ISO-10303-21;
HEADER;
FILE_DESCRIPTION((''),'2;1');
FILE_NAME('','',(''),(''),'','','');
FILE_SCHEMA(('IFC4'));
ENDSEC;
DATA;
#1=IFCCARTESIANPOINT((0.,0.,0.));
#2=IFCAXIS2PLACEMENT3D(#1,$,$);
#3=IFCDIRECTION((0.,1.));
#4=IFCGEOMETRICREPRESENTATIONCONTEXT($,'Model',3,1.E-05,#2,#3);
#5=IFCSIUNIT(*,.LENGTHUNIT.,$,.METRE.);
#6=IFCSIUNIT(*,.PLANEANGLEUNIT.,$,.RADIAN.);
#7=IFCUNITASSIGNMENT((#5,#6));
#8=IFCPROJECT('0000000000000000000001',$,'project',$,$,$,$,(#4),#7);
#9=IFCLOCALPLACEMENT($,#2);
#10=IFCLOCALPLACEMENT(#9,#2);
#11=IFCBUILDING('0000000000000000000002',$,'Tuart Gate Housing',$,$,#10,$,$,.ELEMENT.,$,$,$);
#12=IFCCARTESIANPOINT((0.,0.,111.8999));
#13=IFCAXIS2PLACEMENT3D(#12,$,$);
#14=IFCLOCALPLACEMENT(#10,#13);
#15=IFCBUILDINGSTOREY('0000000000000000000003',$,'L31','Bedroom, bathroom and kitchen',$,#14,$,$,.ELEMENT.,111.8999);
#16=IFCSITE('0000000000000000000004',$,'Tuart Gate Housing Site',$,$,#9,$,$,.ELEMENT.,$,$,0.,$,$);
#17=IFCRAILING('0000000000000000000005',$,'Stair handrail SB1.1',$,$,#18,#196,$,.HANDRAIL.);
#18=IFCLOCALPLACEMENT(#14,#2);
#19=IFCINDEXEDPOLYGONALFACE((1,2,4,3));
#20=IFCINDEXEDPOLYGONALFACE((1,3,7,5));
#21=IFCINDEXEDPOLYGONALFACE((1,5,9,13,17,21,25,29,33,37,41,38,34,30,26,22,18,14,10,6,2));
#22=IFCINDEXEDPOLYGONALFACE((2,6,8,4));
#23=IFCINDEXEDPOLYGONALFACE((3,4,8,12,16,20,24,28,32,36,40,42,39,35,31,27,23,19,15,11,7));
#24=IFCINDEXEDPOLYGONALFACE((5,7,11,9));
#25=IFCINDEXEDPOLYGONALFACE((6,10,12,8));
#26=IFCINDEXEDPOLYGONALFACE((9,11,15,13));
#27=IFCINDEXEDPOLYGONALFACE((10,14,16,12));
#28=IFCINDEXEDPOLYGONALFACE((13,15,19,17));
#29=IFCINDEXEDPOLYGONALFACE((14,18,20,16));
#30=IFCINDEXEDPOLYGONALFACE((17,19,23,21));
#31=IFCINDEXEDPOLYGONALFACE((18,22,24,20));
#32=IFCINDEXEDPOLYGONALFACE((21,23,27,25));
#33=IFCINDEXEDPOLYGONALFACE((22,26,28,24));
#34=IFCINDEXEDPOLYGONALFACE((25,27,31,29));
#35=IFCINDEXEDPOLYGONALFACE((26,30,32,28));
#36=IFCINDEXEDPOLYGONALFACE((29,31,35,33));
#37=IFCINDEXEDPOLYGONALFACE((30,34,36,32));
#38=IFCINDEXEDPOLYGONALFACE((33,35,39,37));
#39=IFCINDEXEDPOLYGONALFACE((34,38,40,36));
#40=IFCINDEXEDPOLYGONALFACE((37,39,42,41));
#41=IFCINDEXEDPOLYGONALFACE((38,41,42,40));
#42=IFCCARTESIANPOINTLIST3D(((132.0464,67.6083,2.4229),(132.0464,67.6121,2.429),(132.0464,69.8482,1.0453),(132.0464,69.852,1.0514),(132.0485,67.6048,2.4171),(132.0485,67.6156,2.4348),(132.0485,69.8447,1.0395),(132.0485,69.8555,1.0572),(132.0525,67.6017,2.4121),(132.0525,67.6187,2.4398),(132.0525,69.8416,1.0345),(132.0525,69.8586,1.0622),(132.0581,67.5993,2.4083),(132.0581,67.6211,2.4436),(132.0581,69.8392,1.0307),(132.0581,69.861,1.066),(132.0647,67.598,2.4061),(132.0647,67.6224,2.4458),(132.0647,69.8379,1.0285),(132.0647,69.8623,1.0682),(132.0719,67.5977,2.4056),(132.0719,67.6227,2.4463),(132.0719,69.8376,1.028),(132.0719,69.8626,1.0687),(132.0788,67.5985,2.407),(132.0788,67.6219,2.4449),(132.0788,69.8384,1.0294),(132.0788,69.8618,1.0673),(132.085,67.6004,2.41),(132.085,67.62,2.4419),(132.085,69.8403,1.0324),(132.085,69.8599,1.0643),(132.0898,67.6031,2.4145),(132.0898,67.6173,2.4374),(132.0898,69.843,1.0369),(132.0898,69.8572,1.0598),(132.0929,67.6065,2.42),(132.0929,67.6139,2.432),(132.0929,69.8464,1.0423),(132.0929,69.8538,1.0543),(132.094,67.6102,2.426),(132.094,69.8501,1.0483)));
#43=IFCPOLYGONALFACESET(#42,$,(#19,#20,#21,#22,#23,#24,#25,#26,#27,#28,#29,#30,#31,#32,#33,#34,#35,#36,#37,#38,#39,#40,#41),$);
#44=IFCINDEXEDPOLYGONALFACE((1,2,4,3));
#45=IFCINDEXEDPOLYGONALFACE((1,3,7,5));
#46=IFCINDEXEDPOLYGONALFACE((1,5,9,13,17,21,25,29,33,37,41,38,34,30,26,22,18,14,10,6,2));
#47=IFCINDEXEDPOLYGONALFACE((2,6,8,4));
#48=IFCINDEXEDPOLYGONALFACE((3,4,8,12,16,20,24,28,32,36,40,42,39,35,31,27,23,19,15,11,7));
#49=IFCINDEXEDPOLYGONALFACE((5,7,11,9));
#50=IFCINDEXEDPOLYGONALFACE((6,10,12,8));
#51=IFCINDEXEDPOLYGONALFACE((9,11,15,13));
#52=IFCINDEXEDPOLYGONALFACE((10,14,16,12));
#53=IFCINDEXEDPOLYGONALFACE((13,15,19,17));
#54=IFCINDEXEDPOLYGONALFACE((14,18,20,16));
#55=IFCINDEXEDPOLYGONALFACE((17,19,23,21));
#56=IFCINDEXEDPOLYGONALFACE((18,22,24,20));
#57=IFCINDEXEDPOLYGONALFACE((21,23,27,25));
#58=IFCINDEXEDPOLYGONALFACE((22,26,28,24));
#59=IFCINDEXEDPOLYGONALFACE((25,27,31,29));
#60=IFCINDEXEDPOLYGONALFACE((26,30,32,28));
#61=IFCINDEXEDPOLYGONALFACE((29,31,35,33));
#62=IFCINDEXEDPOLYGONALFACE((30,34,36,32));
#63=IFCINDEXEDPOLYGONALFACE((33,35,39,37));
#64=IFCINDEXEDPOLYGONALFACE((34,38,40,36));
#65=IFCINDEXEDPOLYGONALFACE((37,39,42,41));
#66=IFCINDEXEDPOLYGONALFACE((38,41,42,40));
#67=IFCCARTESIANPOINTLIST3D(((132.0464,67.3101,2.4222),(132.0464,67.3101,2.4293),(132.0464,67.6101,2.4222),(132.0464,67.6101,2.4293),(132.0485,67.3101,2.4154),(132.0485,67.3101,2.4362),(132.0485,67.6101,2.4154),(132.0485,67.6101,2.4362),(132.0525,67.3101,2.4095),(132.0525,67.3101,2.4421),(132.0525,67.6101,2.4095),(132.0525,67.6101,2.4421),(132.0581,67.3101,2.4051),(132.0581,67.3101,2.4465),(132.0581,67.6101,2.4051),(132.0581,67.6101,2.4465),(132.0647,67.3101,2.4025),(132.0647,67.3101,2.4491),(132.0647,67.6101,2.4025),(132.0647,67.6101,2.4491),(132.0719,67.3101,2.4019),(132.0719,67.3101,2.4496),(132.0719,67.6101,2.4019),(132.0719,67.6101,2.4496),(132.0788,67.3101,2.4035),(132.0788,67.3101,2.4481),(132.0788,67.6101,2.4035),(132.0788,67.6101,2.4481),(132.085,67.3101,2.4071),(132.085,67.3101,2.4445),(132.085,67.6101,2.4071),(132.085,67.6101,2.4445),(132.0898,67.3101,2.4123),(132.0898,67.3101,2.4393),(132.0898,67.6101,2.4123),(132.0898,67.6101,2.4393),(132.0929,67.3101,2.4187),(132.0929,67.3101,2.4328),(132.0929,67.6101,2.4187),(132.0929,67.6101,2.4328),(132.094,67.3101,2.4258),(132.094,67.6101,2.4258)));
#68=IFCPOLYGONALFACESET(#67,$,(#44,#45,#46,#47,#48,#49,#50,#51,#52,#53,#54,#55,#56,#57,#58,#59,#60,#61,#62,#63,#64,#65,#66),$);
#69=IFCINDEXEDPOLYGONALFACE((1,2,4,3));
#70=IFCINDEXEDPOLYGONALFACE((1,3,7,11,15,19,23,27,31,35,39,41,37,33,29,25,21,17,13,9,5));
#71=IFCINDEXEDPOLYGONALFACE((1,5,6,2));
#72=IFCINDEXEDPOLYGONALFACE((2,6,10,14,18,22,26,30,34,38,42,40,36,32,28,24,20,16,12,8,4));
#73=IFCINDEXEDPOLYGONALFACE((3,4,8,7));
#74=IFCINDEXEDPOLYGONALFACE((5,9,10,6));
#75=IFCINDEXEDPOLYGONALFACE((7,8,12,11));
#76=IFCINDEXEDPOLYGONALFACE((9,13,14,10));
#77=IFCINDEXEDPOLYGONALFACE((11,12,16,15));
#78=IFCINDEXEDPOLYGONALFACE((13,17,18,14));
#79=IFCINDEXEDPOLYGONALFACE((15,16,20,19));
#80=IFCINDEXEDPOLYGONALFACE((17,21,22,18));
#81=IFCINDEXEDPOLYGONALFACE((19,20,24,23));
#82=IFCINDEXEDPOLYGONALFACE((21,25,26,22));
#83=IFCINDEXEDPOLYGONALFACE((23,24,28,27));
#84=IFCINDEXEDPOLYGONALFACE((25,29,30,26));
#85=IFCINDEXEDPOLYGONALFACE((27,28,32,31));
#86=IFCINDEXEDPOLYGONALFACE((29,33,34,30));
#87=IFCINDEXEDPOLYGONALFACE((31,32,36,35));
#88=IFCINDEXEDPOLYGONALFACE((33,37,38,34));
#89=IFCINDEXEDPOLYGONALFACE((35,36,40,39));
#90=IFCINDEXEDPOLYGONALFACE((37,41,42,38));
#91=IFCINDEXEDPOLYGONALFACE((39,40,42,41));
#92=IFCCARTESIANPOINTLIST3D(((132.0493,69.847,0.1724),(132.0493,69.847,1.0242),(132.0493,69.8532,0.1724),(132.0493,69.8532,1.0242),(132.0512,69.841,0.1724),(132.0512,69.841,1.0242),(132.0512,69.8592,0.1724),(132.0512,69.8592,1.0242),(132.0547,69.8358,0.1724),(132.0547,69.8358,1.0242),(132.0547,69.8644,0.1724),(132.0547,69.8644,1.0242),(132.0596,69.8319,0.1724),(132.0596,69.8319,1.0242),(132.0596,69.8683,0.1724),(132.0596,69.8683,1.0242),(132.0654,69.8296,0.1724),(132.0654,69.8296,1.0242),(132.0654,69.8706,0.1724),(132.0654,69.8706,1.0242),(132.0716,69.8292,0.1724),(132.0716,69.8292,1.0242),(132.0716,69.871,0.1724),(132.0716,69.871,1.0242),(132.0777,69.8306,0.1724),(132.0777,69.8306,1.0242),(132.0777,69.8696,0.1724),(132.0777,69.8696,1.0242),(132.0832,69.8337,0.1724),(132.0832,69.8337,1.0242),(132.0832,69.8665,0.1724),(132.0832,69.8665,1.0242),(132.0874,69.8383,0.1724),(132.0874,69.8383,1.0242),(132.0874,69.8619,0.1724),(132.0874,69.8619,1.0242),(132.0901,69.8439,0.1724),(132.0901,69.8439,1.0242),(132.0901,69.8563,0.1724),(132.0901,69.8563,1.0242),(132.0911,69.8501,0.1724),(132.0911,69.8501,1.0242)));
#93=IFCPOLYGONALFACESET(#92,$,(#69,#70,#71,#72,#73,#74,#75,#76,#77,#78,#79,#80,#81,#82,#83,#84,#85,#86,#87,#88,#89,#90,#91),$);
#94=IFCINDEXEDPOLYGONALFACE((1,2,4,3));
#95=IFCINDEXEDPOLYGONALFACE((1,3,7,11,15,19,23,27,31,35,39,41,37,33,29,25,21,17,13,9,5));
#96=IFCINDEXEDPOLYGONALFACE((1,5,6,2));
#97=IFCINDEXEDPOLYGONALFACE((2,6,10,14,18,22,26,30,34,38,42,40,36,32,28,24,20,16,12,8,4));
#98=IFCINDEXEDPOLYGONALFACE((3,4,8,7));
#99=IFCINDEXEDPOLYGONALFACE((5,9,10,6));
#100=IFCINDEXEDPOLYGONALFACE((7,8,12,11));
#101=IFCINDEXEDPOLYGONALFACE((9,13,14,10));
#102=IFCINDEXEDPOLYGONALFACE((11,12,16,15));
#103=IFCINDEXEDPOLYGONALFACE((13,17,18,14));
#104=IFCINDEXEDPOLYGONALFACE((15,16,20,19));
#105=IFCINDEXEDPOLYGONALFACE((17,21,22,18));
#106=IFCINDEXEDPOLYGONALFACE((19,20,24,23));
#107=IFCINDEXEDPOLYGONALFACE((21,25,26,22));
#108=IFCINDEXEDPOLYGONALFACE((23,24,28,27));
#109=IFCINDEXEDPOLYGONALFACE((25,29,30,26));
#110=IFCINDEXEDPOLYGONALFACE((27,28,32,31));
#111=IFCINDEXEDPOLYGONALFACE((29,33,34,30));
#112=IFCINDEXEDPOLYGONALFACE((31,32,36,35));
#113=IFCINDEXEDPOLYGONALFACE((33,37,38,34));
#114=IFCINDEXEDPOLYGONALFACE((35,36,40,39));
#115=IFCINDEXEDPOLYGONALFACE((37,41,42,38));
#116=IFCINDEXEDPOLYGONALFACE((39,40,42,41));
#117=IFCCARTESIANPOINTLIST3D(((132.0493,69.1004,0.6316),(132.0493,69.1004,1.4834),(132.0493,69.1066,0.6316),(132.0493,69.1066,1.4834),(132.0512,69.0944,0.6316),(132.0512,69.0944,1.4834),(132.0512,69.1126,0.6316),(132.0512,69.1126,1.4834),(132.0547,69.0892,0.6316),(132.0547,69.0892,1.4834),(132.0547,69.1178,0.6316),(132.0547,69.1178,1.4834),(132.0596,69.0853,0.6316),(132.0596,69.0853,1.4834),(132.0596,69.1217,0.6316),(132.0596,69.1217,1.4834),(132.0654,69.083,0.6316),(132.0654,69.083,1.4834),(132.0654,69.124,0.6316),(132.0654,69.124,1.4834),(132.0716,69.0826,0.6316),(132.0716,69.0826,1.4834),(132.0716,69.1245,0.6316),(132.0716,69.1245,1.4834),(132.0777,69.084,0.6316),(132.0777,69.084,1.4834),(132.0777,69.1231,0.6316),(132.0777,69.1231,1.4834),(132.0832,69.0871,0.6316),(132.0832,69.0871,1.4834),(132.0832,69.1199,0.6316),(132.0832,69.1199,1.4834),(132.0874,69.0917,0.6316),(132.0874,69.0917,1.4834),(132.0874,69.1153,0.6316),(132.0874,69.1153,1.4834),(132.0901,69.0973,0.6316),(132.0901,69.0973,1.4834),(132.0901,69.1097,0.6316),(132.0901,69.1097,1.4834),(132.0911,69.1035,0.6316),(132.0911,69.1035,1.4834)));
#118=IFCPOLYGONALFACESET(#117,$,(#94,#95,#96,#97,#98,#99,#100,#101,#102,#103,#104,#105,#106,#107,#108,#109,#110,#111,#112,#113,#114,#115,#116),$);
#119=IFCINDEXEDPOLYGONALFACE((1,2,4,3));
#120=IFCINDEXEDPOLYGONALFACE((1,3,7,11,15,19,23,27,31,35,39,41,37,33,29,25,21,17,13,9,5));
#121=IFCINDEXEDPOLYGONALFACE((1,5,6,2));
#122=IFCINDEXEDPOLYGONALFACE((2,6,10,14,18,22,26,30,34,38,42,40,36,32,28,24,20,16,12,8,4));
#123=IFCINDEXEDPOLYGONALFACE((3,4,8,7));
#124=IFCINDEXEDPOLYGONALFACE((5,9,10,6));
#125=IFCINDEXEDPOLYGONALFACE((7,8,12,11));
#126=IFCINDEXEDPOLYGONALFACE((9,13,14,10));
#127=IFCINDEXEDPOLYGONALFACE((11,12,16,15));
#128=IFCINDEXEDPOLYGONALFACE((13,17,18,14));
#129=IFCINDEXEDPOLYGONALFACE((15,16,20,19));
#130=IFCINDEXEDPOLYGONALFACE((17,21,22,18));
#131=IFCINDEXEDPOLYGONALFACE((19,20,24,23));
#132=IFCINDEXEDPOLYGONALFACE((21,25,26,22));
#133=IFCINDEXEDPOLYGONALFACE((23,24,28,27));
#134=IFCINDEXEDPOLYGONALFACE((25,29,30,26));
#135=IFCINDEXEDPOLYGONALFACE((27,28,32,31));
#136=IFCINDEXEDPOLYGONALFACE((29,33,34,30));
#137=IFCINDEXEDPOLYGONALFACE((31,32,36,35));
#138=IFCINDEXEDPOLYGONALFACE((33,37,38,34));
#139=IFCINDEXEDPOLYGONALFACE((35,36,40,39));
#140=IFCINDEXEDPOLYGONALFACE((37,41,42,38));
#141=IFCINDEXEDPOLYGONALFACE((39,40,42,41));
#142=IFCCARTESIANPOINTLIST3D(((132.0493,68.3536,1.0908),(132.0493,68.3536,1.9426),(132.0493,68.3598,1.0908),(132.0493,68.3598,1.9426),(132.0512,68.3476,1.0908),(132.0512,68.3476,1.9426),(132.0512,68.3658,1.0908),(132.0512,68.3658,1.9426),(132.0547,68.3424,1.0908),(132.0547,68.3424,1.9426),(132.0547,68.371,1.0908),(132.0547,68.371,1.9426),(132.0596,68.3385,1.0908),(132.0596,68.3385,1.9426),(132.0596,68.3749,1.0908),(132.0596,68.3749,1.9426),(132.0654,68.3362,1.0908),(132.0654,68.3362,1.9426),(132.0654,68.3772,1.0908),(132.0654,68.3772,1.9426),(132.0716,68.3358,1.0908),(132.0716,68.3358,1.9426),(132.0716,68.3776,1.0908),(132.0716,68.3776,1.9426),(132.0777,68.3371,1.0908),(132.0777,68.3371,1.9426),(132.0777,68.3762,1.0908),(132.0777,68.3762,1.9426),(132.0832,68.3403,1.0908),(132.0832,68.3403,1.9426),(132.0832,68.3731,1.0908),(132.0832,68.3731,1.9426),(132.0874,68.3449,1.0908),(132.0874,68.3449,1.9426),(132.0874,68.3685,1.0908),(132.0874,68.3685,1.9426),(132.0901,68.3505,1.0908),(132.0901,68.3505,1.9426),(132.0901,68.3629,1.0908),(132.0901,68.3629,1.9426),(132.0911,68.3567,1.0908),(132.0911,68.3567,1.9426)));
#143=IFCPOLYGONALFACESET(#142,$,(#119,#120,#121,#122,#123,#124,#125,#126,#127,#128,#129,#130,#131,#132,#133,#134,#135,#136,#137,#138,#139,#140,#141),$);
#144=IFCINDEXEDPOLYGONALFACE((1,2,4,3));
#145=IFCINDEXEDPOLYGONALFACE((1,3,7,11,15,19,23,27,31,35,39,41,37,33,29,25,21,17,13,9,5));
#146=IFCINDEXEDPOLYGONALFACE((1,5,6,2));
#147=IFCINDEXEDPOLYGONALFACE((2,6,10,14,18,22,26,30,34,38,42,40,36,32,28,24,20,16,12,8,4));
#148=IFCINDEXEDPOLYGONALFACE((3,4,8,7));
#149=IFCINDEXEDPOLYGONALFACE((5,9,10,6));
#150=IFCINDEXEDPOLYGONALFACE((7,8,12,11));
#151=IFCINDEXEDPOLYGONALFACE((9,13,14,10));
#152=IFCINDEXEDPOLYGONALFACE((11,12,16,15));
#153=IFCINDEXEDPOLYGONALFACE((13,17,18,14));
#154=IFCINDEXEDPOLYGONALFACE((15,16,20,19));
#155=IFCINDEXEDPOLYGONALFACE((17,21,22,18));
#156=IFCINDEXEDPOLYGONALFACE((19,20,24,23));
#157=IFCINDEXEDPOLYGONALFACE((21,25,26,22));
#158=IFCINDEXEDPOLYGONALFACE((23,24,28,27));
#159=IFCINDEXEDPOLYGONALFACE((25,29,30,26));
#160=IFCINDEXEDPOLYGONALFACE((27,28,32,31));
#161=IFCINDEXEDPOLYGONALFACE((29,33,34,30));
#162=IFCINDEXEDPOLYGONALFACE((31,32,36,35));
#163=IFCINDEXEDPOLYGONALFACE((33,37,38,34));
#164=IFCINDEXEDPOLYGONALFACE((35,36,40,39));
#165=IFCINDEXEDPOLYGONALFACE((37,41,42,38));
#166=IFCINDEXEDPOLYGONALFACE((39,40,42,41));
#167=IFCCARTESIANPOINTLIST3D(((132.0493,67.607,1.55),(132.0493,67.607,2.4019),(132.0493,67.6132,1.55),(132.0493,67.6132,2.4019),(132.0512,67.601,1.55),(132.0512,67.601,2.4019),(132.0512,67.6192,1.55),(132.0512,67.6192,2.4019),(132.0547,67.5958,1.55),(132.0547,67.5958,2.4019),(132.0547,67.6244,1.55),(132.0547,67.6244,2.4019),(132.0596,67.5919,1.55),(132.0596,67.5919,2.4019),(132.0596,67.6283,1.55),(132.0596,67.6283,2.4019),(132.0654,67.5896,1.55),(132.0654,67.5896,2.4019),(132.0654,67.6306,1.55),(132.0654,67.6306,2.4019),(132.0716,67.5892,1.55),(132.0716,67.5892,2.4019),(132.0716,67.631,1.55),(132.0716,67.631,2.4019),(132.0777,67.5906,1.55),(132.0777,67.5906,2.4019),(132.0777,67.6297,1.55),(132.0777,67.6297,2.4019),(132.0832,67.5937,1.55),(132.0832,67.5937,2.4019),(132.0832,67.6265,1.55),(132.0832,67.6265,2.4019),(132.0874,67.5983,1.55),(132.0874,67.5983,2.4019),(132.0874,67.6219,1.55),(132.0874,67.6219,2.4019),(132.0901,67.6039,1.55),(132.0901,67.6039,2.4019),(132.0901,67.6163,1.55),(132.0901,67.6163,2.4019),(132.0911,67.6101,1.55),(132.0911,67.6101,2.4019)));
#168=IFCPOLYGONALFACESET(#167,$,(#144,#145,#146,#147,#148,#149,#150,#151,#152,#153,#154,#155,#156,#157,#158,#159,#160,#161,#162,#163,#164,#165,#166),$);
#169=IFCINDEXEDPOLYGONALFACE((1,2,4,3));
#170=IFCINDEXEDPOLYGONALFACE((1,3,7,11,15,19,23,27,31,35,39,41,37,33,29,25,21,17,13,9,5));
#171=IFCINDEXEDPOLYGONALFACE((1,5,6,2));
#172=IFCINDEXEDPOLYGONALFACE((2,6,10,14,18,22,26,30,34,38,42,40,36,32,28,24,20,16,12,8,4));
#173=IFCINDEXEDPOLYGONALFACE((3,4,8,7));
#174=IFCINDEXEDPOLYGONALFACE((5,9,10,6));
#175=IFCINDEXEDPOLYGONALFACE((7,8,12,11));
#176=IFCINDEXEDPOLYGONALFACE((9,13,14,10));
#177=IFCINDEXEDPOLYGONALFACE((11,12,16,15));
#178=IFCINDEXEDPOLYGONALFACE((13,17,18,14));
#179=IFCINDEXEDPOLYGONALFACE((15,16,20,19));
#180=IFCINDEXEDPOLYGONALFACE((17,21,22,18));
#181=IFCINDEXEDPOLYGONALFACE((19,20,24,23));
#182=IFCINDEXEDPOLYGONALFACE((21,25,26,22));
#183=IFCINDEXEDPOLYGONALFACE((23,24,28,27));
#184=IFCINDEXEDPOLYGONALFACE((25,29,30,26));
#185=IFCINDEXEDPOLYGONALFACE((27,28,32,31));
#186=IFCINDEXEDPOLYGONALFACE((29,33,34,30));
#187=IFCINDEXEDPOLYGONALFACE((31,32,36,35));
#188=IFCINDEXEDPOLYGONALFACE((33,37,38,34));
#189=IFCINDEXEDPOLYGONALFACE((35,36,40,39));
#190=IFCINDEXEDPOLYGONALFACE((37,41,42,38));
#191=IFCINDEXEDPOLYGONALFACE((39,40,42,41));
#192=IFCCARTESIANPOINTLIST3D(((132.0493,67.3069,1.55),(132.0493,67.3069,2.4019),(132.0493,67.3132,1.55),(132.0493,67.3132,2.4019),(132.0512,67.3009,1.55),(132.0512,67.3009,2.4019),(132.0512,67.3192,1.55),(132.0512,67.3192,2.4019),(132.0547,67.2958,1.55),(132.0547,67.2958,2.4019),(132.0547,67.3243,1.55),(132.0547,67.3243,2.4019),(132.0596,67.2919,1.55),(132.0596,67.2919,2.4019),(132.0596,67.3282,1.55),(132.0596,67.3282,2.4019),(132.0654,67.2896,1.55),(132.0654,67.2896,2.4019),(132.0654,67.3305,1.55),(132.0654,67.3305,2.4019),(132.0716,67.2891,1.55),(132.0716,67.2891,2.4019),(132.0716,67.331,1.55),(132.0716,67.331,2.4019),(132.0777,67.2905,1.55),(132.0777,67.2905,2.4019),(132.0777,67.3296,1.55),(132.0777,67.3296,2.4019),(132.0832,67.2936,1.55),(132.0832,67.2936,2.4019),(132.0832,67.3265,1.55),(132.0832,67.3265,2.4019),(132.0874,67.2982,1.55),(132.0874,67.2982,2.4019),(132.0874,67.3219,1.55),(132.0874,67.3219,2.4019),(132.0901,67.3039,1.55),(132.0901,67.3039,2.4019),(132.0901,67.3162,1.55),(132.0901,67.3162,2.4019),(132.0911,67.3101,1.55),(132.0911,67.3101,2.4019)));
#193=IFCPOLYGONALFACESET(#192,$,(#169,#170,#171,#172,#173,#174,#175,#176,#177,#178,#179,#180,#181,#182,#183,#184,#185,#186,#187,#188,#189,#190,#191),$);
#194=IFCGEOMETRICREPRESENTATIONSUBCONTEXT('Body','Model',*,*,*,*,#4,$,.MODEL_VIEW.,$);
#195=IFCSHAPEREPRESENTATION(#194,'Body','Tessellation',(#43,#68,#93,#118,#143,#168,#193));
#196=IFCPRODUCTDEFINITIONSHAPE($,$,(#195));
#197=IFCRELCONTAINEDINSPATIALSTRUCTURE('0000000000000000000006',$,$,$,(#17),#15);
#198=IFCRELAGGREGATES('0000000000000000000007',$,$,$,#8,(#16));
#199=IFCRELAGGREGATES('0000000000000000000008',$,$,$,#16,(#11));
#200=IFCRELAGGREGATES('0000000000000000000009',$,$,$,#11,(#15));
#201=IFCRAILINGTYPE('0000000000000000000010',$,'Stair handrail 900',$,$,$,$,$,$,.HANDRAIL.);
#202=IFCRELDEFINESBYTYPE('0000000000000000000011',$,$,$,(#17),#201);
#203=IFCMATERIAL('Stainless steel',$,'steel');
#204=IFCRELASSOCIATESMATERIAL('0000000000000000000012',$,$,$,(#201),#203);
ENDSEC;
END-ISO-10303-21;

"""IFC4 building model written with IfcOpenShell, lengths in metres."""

from ifc_helpers import new_model, si_unit, direction, frame, origin, origin_2d, place, context, subcontext, project, spatial, circle, extrude, material, type_object, element, save


model = new_model("IFC4")

# Units and contexts
model_context = context("Model", 3, precision=1e-05, world=origin(), true_north=direction((0.0, 1.0)))
body_context = subcontext(model_context, "Body", "Model", "MODEL_VIEW")
ifc_project = project(units=[si_unit("LENGTHUNIT", "METRE"), si_unit("PLANEANGLEUNIT", "RADIAN")], contexts=[model_context])

# Site, building, storey
site_placement = place(None, origin())
site = spatial("IfcSite", under=ifc_project, at=site_placement, Name="Tuart Gate Housing Site", CompositionType="ELEMENT", RefElevation=0.0)
building_placement = place(site_placement, origin())
building = spatial("IfcBuilding", under=site, at=building_placement, Name="Tuart Gate Housing", CompositionType="ELEMENT")
storey_placement = place(building_placement, frame((0.0, 0.0, 111.8999)))
storey = spatial("IfcBuildingStorey", under=building, at=storey_placement, Name="L31", Description="Bedroom, bathroom and kitchen", CompositionType="ELEMENT", Elevation=111.8999)

# Railing
ifc_material_1 = material(Name="Stainless steel", Category="steel")
railing_type = type_object("IfcRailingType", Name="Stair handrail 900", PredefinedType="HANDRAIL", material=ifc_material_1)
railing_placement = place(storey_placement, frame((132.0701, 69.8501, 0.1724)))
element("IfcRailing", 1, at=railing_placement, inside=storey, type_object=railing_type, Name="Stair handrail SB1.1", PredefinedType="HANDRAIL", context=body_context, shape_type="SweptSolid", body=[
    extrude(circle(Radius=0.0239, at=origin_2d()), frame((0.0, 0.0, 0.876), z_axis=(0.0, -0.851789, 0.523885), x_axis=(1.0, 0.0, 0.0)), (0.0, 0.0, 1.0), 2.6296),
    extrude(circle(Radius=0.0239, at=origin_2d()), frame((0.0, -2.24, 2.2534), z_axis=(0.0, -1.0, 0.0), x_axis=(1.0, 0.0, 0.0)), (0.0, 0.0, 1.0), 0.3),
    extrude(circle(Radius=0.021, at=origin_2d()), origin(), (0.0, 0.0, 1.0), 0.8518),
    extrude(circle(Radius=0.021, at=origin_2d()), frame((0.0, -0.7466, 0.4592)), (0.0, 0.0, 1.0), 0.8518),
    extrude(circle(Radius=0.021, at=origin_2d()), frame((0.0, -1.4934, 0.9185)), (0.0, 0.0, 1.0), 0.8518),
    extrude(circle(Radius=0.021, at=origin_2d()), frame((0.0, -2.24, 1.3777)), (0.0, 0.0, 1.0), 0.8518),
    extrude(circle(Radius=0.021, at=origin_2d()), frame((0.0, -2.54, 1.3777)), (0.0, 0.0, 1.0), 0.8518),
])

save(model, "model.ifc")
